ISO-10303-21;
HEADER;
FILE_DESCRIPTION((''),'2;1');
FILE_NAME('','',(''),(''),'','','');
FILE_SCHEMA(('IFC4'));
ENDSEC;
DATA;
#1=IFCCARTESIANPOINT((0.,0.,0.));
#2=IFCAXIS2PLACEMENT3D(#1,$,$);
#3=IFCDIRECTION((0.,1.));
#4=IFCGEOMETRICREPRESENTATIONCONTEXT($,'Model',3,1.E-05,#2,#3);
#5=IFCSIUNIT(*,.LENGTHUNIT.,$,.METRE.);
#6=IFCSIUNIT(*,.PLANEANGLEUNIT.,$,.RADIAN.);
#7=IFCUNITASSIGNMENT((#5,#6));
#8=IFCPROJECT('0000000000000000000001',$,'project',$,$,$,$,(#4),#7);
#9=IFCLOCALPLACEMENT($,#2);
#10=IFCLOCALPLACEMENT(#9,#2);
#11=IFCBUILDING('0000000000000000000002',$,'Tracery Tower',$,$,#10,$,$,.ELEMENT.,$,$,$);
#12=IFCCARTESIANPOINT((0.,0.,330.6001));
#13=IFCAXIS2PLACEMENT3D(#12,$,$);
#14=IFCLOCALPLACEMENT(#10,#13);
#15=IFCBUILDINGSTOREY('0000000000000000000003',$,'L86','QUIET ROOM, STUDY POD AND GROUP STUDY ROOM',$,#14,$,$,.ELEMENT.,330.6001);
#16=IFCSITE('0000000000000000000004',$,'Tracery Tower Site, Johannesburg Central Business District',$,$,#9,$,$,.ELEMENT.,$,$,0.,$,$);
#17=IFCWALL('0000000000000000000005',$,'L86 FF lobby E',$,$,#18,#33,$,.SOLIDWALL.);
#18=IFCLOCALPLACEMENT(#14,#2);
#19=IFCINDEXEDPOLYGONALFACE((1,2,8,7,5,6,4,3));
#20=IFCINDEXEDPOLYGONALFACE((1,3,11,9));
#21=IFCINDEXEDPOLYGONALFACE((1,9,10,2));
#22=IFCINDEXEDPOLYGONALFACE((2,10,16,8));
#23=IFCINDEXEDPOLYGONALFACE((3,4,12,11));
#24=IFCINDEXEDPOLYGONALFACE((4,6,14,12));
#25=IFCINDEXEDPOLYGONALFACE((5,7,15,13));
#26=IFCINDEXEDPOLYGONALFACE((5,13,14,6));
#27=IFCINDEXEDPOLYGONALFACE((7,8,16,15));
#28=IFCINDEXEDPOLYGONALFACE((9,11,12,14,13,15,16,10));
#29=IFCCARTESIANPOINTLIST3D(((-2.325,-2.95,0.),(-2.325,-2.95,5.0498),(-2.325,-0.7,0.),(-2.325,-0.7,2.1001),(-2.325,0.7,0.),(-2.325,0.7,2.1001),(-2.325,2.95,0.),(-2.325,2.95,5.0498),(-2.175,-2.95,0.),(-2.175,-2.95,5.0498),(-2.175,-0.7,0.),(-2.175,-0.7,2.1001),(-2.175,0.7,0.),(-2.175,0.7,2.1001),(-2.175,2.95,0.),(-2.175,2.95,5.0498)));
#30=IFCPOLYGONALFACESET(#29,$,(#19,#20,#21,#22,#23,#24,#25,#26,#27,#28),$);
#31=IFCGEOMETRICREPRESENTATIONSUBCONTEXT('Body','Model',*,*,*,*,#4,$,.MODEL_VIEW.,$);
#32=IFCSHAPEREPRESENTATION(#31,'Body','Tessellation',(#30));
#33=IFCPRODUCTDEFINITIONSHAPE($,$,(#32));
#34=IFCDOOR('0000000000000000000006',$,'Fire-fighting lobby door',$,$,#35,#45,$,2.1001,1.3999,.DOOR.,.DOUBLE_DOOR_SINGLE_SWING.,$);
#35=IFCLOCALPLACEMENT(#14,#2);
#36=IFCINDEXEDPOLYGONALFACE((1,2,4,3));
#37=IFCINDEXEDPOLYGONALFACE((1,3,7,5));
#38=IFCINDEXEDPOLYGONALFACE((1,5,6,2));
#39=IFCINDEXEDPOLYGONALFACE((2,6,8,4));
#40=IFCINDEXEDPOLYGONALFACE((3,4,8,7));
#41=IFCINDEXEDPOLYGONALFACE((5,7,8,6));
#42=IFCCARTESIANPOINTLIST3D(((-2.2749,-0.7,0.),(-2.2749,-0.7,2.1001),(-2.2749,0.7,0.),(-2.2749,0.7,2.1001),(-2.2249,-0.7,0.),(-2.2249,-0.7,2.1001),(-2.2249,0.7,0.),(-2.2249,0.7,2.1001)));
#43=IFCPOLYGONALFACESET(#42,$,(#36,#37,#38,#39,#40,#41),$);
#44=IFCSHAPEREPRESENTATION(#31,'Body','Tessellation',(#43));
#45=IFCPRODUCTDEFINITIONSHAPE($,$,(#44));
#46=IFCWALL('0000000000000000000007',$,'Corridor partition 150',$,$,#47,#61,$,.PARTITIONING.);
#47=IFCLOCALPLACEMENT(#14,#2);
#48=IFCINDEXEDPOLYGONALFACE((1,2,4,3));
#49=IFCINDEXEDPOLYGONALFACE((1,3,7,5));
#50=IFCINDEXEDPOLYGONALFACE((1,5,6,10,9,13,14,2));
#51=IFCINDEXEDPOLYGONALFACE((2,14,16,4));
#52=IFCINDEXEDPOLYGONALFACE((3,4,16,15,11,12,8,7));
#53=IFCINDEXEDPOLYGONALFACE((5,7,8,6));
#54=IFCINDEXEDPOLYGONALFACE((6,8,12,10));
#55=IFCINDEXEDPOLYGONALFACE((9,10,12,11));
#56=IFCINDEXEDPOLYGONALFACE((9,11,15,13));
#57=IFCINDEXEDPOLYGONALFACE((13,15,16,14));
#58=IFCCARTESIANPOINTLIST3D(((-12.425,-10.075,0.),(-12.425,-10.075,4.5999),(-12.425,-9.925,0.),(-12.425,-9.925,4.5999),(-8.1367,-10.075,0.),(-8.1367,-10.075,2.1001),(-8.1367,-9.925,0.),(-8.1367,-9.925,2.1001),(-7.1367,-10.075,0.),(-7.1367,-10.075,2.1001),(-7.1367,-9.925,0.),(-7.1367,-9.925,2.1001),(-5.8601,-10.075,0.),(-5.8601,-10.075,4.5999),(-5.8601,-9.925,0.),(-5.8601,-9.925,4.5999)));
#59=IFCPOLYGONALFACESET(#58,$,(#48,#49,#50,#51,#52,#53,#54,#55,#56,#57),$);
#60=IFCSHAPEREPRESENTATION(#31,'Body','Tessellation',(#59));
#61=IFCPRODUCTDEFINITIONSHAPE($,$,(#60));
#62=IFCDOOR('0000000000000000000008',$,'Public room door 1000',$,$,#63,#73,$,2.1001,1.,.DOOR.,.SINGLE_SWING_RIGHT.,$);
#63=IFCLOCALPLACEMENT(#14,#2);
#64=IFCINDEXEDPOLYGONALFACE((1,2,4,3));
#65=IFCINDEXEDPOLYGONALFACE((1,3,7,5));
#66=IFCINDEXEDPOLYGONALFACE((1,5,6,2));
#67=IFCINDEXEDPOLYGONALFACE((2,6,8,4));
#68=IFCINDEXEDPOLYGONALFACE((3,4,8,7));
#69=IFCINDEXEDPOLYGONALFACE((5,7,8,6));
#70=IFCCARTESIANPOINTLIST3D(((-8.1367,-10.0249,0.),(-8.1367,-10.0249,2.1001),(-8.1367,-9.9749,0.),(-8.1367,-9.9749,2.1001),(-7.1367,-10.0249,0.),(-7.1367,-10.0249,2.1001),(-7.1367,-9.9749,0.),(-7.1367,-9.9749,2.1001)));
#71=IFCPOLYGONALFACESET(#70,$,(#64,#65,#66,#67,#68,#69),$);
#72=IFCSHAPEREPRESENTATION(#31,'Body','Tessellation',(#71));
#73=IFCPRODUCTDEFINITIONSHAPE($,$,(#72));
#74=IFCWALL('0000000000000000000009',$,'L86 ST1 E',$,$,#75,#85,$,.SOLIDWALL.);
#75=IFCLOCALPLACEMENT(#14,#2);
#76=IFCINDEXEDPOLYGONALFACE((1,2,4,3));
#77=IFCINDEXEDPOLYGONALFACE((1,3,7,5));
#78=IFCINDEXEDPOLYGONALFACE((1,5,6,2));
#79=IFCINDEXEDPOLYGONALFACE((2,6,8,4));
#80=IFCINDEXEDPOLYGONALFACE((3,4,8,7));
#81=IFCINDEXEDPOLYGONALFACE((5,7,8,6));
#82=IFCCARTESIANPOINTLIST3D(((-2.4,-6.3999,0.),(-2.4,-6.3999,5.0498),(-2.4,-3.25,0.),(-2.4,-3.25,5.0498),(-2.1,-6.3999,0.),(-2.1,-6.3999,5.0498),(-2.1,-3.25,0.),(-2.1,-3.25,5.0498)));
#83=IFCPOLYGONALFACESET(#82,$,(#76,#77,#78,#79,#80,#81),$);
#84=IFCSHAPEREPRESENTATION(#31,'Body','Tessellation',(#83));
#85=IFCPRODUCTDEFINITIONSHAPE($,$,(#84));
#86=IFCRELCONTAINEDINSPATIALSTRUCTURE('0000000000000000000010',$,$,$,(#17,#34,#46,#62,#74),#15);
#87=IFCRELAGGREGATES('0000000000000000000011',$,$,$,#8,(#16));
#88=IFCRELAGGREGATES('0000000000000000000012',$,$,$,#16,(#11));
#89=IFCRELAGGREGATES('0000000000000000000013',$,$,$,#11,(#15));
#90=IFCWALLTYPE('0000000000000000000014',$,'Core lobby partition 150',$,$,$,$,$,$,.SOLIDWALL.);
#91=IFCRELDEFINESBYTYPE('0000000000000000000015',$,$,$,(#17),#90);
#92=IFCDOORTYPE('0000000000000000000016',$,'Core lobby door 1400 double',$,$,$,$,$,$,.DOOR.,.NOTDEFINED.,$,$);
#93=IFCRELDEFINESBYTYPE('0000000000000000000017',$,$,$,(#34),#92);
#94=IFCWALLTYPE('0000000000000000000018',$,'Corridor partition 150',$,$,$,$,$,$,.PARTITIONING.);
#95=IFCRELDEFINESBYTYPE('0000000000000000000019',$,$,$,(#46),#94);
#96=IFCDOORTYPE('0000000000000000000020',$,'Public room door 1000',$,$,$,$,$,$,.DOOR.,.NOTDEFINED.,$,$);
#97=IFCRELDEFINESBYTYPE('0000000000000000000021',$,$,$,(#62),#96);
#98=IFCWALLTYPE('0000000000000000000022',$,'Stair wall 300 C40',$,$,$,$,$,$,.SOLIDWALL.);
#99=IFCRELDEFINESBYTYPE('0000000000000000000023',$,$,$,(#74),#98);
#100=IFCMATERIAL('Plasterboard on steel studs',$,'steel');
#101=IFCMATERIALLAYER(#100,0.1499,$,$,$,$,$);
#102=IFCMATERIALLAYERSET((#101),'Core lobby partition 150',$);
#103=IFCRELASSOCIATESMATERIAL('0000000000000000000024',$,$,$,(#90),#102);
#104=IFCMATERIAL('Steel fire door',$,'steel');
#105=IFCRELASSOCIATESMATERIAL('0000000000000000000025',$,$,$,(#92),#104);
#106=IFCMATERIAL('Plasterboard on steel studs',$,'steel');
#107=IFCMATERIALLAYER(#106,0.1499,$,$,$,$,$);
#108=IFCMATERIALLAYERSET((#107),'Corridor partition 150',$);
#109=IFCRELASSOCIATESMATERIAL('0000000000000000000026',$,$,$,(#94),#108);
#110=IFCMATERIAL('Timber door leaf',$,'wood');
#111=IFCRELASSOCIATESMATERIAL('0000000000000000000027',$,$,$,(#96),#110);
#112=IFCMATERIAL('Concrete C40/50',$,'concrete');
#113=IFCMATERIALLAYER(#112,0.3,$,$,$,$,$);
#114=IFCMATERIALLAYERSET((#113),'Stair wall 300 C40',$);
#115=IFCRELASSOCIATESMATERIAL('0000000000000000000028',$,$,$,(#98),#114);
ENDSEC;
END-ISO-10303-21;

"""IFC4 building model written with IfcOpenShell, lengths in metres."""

from ifc_helpers import new_model, si_unit, direction, frame, frame_2d, origin, place, context, subcontext, project, spatial, rectangle, extrude, material, layer, layer_set, type_object, element, fill, save


model = new_model("IFC4")

# Units and contexts
model_context = context("Model", 3, precision=1e-05, world=origin(), true_north=direction((0.0, 1.0)))
body_context = subcontext(model_context, "Body", "Model", "MODEL_VIEW")
ifc_project = project(units=[si_unit("LENGTHUNIT", "METRE"), si_unit("PLANEANGLEUNIT", "RADIAN")], contexts=[model_context])

# Site, building, storey
site_placement = place(None, origin())
site = spatial("IfcSite", under=ifc_project, at=site_placement, Name="Tracery Tower Site, Johannesburg Central Business District", CompositionType="ELEMENT", RefElevation=0.0)
building_placement = place(site_placement, origin())
building = spatial("IfcBuilding", under=site, at=building_placement, Name="Tracery Tower", CompositionType="ELEMENT")
storey_placement = place(building_placement, frame((0.0, 0.0, 330.6001)))
storey = spatial("IfcBuildingStorey", under=building, at=storey_placement, Name="L86", Description="QUIET ROOM, STUDY POD AND GROUP STUDY ROOM", CompositionType="ELEMENT", Elevation=330.6001)

# Walls, openings, doors
ifc_material_1 = material(Name="Plasterboard on steel studs", Category="steel")
ifc_layer_1 = layer(ifc_material_1, 0.1499)
ifc_layer_set_1 = layer_set([ifc_layer_1], Name="Core lobby partition 150")
wall_type_1 = type_object("IfcWallType", Name="Core lobby partition 150", PredefinedType="SOLIDWALL", material=ifc_layer_set_1)
wall_1_placement = place(storey_placement, frame((-2.25, -2.95, 0.0), z_axis=(0.0, 0.0, 1.0), x_axis=(0.0, 1.0, 0.0)))
wall_1 = element("IfcWall", 1, at=wall_1_placement, inside=storey, type_object=wall_type_1, Name="L86 FF lobby E", PredefinedType="SOLIDWALL", context=body_context, shape_type="SweptSolid", body=[
    extrude(rectangle(XDim=5.8999, YDim=0.1499, at=frame_2d((2.95, 0.0))), origin(), (0.0, 0.0, 1.0), 5.0498),
])
opening_1_placement = place(wall_1_placement, frame((2.25, 0.0, 0.0)))
opening_1 = element("IfcOpeningElement", 2, at=opening_1_placement, cuts=wall_1, PredefinedType="OPENING", context=body_context, shape_type="SweptSolid", body=[
    extrude(rectangle(XDim=1.3999, YDim=2.1001, at=frame_2d((0.7, 1.05))), frame((0.0, 0.075, 0.0), z_axis=(0.0, -1.0, 0.0), x_axis=(1.0, 0.0, 0.0)), (0.0, 0.0, 1.0), 0.1499),
])
ifc_material_2 = material(Name="Steel fire door", Category="steel")
door_type_1 = type_object("IfcDoorType", Name="Core lobby door 1400 double", OperationType="NOTDEFINED", PredefinedType="DOOR", material=ifc_material_2)
door_1_placement = place(opening_1_placement, origin())
door_1 = element("IfcDoor", 3, at=door_1_placement, inside=storey, type_object=door_type_1, Name="Fire-fighting lobby door", OperationType="DOUBLE_DOOR_SINGLE_SWING", OverallHeight=2.1001, OverallWidth=1.3999, PredefinedType="DOOR", context=body_context, shape_type="SweptSolid", body=[
    extrude(rectangle(XDim=1.3999, YDim=2.1001, at=frame_2d((0.7, 1.05))), frame((0.0, 0.0249, 0.0), z_axis=(0.0, -1.0, 0.0), x_axis=(1.0, 0.0, 0.0)), (0.0, 0.0, 1.0), 0.05),
])
fill(opening_1, door_1)
ifc_material_3 = material(Name="Plasterboard on steel studs", Category="steel")
ifc_layer_2 = layer(ifc_material_3, 0.1499)
ifc_layer_set_2 = layer_set([ifc_layer_2], Name="Corridor partition 150")
wall_type_2 = type_object("IfcWallType", Name="Corridor partition 150", PredefinedType="PARTITIONING", material=ifc_layer_set_2)
wall_2_placement = place(storey_placement, frame((-5.8601, -10.0, 0.0), z_axis=(0.0, 0.0, 1.0), x_axis=(-1.0, 0.0, 0.0)))
wall_2 = element("IfcWall", 4, at=wall_2_placement, inside=storey, type_object=wall_type_2, Name="Corridor partition 150", PredefinedType="PARTITIONING", context=body_context, shape_type="SweptSolid", body=[
    extrude(rectangle(XDim=6.5649, YDim=0.1499, at=frame_2d((3.2825, 0.0))), origin(), (0.0, 0.0, 1.0), 4.5999),
])
opening_2_placement = place(wall_2_placement, frame((1.2766, 0.0, 0.0)))
opening_2 = element("IfcOpeningElement", 5, at=opening_2_placement, cuts=wall_2, PredefinedType="OPENING", context=body_context, shape_type="SweptSolid", body=[
    extrude(rectangle(XDim=1.0, YDim=2.1001, at=frame_2d((0.5, 1.05))), frame((0.0, 0.075, 0.0), z_axis=(0.0, -1.0, 0.0), x_axis=(1.0, 0.0, 0.0)), (0.0, 0.0, 1.0), 0.1499),
])
ifc_material_4 = material(Name="Timber door leaf", Category="wood")
door_type_2 = type_object("IfcDoorType", Name="Public room door 1000", OperationType="NOTDEFINED", PredefinedType="DOOR", material=ifc_material_4)
door_2_placement = place(opening_2_placement, origin())
door_2 = element("IfcDoor", 6, at=door_2_placement, inside=storey, type_object=door_type_2, Name="Public room door 1000", OperationType="SINGLE_SWING_RIGHT", OverallHeight=2.1001, OverallWidth=1.0, PredefinedType="DOOR", context=body_context, shape_type="SweptSolid", body=[
    extrude(rectangle(XDim=1.0, YDim=2.1001, at=frame_2d((0.5, 1.05))), frame((0.0, 0.0249, 0.0), z_axis=(0.0, -1.0, 0.0), x_axis=(1.0, 0.0, 0.0)), (0.0, 0.0, 1.0), 0.05),
])
fill(opening_2, door_2)

# Wall
ifc_material_5 = material(Name="Concrete C40/50", Category="concrete")
ifc_layer_3 = layer(ifc_material_5, 0.3)
ifc_layer_set_3 = layer_set([ifc_layer_3], Name="Stair wall 300 C40")
wall_type_3 = type_object("IfcWallType", Name="Stair wall 300 C40", PredefinedType="SOLIDWALL", material=ifc_layer_set_3)
wall_3_placement = place(storey_placement, frame((-2.25, -6.3999, 0.0), z_axis=(0.0, 0.0, 1.0), x_axis=(0.0, 1.0, 0.0)))
element("IfcWall", 7, at=wall_3_placement, inside=storey, type_object=wall_type_3, Name="L86 ST1 E", PredefinedType="SOLIDWALL", context=body_context, shape_type="SweptSolid", body=[
    extrude(rectangle(XDim=3.1499, YDim=0.3, at=frame_2d((1.575, 0.0))), origin(), (0.0, 0.0, 1.0), 5.0498),
])

save(model, "model.ifc")
